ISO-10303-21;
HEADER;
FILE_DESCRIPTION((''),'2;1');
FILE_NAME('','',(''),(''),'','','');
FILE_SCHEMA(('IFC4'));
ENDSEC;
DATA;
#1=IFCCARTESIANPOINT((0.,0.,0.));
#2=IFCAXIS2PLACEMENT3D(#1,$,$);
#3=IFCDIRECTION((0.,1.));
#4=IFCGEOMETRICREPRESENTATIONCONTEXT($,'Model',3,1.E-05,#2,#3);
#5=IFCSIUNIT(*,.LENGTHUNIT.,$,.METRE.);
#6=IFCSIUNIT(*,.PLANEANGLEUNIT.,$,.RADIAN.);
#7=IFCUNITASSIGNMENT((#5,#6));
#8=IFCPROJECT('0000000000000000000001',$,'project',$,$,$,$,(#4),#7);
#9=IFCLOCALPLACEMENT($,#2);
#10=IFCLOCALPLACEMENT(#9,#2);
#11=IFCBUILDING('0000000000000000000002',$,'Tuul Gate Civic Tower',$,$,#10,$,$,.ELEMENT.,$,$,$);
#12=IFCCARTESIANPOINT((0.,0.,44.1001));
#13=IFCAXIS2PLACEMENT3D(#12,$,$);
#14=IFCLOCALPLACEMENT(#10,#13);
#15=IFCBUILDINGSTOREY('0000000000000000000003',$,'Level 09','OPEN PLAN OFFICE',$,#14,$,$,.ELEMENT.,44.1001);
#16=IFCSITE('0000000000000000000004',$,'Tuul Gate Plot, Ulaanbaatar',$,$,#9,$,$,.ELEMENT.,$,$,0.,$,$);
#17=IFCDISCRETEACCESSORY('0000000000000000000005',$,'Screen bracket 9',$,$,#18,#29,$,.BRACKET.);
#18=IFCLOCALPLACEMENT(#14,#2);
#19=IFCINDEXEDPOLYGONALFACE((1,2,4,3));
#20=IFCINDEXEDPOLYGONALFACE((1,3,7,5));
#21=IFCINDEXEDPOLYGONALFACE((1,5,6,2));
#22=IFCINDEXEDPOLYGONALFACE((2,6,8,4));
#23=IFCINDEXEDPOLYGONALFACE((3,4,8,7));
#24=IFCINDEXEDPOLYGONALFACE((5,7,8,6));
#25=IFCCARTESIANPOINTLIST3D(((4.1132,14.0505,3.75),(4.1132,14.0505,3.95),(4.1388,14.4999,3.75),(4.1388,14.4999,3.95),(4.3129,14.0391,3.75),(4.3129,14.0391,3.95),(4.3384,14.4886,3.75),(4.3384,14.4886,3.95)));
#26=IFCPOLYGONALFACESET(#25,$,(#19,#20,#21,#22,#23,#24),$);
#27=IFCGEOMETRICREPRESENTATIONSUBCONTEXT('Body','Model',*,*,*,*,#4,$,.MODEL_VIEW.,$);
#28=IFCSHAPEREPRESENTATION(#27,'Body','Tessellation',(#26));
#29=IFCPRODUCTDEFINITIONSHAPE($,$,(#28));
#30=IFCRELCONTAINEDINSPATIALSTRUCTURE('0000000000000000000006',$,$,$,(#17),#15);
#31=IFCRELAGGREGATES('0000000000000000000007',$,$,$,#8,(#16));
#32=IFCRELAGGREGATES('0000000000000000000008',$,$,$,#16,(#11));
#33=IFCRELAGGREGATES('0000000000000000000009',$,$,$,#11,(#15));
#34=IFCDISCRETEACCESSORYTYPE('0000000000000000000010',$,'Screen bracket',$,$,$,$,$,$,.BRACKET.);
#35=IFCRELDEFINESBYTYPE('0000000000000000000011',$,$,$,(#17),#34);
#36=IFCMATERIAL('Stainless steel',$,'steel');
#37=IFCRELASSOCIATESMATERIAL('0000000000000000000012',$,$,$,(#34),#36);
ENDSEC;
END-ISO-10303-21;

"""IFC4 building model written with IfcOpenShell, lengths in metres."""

from ifc_helpers import new_model, si_unit, direction, frame, origin, origin_2d, place, context, subcontext, project, spatial, rectangle, extrude, material, type_object, element, save


model = new_model("IFC4")

# Units and contexts
model_context = context("Model", 3, precision=1e-05, world=origin(), true_north=direction((0.0, 1.0)))
body_context = subcontext(model_context, "Body", "Model", "MODEL_VIEW")
ifc_project = project(units=[si_unit("LENGTHUNIT", "METRE"), si_unit("PLANEANGLEUNIT", "RADIAN")], contexts=[model_context])

# Site, building, storey
site_placement = place(None, origin())
site = spatial("IfcSite", under=ifc_project, at=site_placement, Name="Tuul Gate Plot, Ulaanbaatar", CompositionType="ELEMENT", RefElevation=0.0)
building_placement = place(site_placement, origin())
building = spatial("IfcBuilding", under=site, at=building_placement, Name="Tuul Gate Civic Tower", CompositionType="ELEMENT")
storey_placement = place(building_placement, frame((0.0, 0.0, 44.1001)))
storey = spatial("IfcBuildingStorey", under=building, at=storey_placement, Name="Level 09", Description="OPEN PLAN OFFICE", CompositionType="ELEMENT", Elevation=44.1001)

# Discrete accessory
ifc_material_1 = material(Name="Stainless steel", Category="steel")
discrete_accessory_type = type_object("IfcDiscreteAccessoryType", Name="Screen bracket", PredefinedType="BRACKET", material=ifc_material_1)
discrete_accessory_placement = place(storey_placement, frame((4.2258, 14.2695, 3.75), z_axis=(0.0, 0.0, 1.0), x_axis=(0.056825, 0.998384, 0.0)))
element("IfcDiscreteAccessory", 1, at=discrete_accessory_placement, inside=storey, type_object=discrete_accessory_type, Name="Screen bracket 9", PredefinedType="BRACKET", context=body_context, shape_type="SweptSolid", body=[
    extrude(rectangle(XDim=0.4502, YDim=0.2, at=origin_2d()), origin(), (0.0, 0.0, 1.0), 0.2),
])

save(model, "model.ifc")
